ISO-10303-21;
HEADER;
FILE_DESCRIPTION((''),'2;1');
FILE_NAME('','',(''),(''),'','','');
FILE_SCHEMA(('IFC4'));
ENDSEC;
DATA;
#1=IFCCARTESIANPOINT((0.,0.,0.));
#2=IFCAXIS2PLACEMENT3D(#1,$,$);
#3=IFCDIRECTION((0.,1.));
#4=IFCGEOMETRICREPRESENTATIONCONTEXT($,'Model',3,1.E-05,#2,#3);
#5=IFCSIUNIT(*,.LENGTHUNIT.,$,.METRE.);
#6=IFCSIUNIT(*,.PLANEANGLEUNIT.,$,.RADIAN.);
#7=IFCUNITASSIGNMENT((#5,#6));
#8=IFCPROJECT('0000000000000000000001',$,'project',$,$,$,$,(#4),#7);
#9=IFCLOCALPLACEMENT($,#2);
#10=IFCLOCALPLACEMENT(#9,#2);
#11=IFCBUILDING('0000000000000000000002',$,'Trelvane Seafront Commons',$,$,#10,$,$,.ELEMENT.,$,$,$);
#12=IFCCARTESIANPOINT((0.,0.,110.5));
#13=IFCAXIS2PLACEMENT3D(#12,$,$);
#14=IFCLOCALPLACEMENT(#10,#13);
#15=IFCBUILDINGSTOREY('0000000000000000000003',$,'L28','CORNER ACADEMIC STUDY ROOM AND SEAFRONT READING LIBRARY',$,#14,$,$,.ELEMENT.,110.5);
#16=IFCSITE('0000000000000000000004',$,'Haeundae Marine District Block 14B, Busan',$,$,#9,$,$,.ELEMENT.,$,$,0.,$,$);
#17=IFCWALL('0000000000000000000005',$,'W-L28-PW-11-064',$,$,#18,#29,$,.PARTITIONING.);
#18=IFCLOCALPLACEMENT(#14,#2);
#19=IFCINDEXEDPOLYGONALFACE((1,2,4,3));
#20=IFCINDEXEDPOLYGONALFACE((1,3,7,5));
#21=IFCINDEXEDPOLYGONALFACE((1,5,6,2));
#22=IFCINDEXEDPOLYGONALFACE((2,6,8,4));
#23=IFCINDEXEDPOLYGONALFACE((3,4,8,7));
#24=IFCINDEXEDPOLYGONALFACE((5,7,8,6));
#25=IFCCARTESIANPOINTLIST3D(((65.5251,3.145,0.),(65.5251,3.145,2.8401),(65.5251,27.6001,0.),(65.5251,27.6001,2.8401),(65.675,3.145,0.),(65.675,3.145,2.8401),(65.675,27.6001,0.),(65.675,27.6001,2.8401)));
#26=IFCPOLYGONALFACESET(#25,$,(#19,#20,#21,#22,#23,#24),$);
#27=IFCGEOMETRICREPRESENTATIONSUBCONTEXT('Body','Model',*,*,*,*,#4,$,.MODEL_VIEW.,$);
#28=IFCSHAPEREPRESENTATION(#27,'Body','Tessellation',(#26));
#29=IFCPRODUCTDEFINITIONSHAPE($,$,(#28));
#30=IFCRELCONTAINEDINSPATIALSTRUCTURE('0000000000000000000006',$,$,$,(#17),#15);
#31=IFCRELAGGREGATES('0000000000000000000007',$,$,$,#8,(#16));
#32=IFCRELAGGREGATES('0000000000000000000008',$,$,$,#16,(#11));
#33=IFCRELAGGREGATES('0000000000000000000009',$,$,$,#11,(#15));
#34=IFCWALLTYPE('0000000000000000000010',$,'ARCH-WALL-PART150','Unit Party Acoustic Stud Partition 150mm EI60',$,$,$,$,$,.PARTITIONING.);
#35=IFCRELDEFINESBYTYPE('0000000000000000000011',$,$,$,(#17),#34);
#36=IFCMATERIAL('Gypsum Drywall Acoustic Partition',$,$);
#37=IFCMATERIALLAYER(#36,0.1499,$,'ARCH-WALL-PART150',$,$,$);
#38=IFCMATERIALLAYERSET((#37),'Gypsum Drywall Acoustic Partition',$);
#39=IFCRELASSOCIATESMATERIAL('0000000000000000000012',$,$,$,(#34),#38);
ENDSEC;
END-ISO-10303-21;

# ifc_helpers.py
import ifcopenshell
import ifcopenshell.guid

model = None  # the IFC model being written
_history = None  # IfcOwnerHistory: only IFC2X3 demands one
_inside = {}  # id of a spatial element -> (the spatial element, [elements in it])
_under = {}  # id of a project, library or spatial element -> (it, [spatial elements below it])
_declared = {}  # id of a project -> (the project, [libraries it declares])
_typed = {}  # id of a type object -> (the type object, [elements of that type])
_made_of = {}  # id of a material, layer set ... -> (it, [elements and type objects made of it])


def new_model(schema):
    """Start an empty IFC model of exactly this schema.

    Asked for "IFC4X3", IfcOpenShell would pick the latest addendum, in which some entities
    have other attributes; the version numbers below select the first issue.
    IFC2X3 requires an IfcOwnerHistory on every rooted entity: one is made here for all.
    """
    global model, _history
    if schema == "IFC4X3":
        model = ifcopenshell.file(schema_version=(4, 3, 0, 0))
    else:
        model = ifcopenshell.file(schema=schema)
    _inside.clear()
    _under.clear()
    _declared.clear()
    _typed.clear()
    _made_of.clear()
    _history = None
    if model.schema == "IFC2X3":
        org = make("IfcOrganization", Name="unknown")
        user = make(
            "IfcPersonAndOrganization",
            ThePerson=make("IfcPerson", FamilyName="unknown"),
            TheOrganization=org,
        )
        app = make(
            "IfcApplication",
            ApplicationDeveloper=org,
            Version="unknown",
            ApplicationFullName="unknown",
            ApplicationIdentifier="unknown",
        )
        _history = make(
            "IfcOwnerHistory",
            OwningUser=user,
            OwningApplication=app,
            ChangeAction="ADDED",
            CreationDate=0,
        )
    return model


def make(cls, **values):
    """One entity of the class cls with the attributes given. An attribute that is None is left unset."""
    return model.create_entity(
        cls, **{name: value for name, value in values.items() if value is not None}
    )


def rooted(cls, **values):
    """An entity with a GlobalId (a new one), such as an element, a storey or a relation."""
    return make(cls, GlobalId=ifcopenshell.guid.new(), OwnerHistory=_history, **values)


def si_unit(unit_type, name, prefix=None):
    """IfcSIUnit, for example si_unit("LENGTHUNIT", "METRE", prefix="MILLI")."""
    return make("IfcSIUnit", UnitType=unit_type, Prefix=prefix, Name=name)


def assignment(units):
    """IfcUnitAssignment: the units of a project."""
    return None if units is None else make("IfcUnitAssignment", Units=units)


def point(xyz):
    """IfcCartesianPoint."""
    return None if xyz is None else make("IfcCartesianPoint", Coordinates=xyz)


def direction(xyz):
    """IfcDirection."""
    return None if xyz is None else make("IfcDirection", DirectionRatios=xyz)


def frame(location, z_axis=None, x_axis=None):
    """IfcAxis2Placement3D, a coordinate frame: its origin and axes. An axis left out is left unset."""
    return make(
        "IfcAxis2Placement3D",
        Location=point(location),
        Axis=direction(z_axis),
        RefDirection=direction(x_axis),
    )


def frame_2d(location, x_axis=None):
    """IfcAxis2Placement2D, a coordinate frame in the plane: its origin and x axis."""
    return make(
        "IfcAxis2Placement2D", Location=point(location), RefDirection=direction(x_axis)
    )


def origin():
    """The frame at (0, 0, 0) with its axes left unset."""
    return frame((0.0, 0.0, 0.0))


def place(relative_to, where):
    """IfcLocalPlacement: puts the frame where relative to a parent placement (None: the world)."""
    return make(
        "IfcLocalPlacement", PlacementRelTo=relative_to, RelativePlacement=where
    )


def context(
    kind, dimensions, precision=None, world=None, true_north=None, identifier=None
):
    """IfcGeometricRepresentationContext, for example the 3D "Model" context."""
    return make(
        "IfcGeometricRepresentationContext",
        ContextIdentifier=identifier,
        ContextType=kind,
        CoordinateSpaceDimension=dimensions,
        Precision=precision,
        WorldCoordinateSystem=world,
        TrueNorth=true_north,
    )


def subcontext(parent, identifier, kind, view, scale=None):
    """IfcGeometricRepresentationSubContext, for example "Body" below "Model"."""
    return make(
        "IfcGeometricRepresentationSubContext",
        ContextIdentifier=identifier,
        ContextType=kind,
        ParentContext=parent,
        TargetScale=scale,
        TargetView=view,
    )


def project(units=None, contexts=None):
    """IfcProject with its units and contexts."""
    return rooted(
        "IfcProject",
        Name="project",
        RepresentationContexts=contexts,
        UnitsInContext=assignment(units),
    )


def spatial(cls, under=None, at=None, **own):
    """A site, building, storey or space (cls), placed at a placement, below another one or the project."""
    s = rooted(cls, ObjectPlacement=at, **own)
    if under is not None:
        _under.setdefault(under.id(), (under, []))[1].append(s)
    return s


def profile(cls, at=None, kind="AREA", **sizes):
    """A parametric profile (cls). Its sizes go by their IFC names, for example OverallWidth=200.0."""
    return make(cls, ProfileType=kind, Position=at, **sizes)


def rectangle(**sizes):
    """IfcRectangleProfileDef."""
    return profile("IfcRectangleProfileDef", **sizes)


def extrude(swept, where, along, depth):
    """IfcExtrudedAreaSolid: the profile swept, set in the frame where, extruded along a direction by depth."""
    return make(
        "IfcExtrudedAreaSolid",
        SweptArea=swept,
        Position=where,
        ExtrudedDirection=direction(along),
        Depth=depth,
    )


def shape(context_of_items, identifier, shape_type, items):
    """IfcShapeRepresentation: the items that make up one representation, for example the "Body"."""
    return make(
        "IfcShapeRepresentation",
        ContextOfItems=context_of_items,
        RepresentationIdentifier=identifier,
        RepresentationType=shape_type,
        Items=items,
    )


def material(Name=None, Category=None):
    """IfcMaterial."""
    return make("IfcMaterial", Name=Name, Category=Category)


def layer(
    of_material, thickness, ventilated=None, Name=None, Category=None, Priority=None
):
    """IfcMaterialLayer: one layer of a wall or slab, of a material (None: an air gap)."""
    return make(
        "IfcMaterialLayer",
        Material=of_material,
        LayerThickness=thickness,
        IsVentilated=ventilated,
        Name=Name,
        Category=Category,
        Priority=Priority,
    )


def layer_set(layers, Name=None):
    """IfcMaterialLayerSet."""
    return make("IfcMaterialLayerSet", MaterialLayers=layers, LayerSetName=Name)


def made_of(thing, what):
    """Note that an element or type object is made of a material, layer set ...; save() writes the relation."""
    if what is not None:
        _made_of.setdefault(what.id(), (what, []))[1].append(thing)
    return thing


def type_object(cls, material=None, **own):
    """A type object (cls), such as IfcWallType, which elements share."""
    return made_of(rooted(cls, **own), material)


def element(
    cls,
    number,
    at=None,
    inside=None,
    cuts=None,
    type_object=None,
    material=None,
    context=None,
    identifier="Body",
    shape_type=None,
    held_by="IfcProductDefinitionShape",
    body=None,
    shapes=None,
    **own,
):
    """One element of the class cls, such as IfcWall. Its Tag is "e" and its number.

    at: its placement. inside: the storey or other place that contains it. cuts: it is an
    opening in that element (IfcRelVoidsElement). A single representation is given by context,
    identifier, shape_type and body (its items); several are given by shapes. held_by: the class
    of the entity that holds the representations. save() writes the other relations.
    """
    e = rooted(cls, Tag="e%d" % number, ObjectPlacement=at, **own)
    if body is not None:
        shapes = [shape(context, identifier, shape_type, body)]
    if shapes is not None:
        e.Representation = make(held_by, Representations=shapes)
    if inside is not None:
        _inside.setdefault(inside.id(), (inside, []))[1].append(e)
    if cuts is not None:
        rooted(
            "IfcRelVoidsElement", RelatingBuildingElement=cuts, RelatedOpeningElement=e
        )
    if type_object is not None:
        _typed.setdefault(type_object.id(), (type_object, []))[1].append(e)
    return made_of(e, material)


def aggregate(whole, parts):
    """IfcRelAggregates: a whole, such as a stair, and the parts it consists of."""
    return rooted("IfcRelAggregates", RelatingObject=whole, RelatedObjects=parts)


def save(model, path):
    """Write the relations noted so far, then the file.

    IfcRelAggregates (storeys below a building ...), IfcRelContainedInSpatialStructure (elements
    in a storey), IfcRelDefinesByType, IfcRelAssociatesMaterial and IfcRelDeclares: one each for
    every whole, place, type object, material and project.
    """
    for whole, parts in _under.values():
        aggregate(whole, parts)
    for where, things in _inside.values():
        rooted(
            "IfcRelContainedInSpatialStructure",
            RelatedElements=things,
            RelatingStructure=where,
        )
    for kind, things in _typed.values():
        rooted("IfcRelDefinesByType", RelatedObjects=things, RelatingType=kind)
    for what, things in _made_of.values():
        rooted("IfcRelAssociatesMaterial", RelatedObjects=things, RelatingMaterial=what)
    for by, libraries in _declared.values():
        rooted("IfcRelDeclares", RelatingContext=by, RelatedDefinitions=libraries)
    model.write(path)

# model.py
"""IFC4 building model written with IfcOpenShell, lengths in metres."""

from ifc_helpers import new_model, si_unit, direction, frame, frame_2d, origin, place, context, subcontext, project, spatial, rectangle, extrude, material, layer, layer_set, type_object, element, save


model = new_model("IFC4")

# Units and contexts
model_context = context("Model", 3, precision=1e-05, world=origin(), true_north=direction((0.0, 1.0)))
body_context = subcontext(model_context, "Body", "Model", "MODEL_VIEW")
ifc_project = project(units=[si_unit("LENGTHUNIT", "METRE"), si_unit("PLANEANGLEUNIT", "RADIAN")], contexts=[model_context])

# Site, building, storey
site_placement = place(None, origin())
site = spatial("IfcSite", under=ifc_project, at=site_placement, Name="Haeundae Marine District Block 14B, Busan", CompositionType="ELEMENT", RefElevation=0.0)
building_placement = place(site_placement, origin())
building = spatial("IfcBuilding", under=site, at=building_placement, Name="Trelvane Seafront Commons", CompositionType="ELEMENT")
storey_placement = place(building_placement, frame((0.0, 0.0, 110.5)))
storey = spatial("IfcBuildingStorey", under=building, at=storey_placement, Name="L28", Description="CORNER ACADEMIC STUDY ROOM AND SEAFRONT READING LIBRARY", CompositionType="ELEMENT", Elevation=110.5)

# Wall
ifc_material_1 = material(Name="Gypsum Drywall Acoustic Partition")
ifc_layer_1 = layer(ifc_material_1, 0.1499, Name="ARCH-WALL-PART150")
ifc_layer_set_1 = layer_set([ifc_layer_1], Name="Gypsum Drywall Acoustic Partition")
wall_type_1 = type_object("IfcWallType", Name="ARCH-WALL-PART150", Description="Unit Party Acoustic Stud Partition 150mm EI60", PredefinedType="PARTITIONING", material=ifc_layer_set_1)
wall_1_placement = place(storey_placement, frame((65.6001, 3.145, 0.0), z_axis=(0.0, 0.0, 1.0), x_axis=(0.0, 1.0, 0.0)))
element("IfcWall", 1, at=wall_1_placement, inside=storey, type_object=wall_type_1, Name="W-L28-PW-11-064", PredefinedType="PARTITIONING", context=body_context, shape_type="SweptSolid", body=[
    extrude(rectangle(XDim=24.4551, YDim=0.1499, at=frame_2d((12.2275, 0.0))), origin(), (0.0, 0.0, 1.0), 2.8401),
])

save(model, "model.ifc")
